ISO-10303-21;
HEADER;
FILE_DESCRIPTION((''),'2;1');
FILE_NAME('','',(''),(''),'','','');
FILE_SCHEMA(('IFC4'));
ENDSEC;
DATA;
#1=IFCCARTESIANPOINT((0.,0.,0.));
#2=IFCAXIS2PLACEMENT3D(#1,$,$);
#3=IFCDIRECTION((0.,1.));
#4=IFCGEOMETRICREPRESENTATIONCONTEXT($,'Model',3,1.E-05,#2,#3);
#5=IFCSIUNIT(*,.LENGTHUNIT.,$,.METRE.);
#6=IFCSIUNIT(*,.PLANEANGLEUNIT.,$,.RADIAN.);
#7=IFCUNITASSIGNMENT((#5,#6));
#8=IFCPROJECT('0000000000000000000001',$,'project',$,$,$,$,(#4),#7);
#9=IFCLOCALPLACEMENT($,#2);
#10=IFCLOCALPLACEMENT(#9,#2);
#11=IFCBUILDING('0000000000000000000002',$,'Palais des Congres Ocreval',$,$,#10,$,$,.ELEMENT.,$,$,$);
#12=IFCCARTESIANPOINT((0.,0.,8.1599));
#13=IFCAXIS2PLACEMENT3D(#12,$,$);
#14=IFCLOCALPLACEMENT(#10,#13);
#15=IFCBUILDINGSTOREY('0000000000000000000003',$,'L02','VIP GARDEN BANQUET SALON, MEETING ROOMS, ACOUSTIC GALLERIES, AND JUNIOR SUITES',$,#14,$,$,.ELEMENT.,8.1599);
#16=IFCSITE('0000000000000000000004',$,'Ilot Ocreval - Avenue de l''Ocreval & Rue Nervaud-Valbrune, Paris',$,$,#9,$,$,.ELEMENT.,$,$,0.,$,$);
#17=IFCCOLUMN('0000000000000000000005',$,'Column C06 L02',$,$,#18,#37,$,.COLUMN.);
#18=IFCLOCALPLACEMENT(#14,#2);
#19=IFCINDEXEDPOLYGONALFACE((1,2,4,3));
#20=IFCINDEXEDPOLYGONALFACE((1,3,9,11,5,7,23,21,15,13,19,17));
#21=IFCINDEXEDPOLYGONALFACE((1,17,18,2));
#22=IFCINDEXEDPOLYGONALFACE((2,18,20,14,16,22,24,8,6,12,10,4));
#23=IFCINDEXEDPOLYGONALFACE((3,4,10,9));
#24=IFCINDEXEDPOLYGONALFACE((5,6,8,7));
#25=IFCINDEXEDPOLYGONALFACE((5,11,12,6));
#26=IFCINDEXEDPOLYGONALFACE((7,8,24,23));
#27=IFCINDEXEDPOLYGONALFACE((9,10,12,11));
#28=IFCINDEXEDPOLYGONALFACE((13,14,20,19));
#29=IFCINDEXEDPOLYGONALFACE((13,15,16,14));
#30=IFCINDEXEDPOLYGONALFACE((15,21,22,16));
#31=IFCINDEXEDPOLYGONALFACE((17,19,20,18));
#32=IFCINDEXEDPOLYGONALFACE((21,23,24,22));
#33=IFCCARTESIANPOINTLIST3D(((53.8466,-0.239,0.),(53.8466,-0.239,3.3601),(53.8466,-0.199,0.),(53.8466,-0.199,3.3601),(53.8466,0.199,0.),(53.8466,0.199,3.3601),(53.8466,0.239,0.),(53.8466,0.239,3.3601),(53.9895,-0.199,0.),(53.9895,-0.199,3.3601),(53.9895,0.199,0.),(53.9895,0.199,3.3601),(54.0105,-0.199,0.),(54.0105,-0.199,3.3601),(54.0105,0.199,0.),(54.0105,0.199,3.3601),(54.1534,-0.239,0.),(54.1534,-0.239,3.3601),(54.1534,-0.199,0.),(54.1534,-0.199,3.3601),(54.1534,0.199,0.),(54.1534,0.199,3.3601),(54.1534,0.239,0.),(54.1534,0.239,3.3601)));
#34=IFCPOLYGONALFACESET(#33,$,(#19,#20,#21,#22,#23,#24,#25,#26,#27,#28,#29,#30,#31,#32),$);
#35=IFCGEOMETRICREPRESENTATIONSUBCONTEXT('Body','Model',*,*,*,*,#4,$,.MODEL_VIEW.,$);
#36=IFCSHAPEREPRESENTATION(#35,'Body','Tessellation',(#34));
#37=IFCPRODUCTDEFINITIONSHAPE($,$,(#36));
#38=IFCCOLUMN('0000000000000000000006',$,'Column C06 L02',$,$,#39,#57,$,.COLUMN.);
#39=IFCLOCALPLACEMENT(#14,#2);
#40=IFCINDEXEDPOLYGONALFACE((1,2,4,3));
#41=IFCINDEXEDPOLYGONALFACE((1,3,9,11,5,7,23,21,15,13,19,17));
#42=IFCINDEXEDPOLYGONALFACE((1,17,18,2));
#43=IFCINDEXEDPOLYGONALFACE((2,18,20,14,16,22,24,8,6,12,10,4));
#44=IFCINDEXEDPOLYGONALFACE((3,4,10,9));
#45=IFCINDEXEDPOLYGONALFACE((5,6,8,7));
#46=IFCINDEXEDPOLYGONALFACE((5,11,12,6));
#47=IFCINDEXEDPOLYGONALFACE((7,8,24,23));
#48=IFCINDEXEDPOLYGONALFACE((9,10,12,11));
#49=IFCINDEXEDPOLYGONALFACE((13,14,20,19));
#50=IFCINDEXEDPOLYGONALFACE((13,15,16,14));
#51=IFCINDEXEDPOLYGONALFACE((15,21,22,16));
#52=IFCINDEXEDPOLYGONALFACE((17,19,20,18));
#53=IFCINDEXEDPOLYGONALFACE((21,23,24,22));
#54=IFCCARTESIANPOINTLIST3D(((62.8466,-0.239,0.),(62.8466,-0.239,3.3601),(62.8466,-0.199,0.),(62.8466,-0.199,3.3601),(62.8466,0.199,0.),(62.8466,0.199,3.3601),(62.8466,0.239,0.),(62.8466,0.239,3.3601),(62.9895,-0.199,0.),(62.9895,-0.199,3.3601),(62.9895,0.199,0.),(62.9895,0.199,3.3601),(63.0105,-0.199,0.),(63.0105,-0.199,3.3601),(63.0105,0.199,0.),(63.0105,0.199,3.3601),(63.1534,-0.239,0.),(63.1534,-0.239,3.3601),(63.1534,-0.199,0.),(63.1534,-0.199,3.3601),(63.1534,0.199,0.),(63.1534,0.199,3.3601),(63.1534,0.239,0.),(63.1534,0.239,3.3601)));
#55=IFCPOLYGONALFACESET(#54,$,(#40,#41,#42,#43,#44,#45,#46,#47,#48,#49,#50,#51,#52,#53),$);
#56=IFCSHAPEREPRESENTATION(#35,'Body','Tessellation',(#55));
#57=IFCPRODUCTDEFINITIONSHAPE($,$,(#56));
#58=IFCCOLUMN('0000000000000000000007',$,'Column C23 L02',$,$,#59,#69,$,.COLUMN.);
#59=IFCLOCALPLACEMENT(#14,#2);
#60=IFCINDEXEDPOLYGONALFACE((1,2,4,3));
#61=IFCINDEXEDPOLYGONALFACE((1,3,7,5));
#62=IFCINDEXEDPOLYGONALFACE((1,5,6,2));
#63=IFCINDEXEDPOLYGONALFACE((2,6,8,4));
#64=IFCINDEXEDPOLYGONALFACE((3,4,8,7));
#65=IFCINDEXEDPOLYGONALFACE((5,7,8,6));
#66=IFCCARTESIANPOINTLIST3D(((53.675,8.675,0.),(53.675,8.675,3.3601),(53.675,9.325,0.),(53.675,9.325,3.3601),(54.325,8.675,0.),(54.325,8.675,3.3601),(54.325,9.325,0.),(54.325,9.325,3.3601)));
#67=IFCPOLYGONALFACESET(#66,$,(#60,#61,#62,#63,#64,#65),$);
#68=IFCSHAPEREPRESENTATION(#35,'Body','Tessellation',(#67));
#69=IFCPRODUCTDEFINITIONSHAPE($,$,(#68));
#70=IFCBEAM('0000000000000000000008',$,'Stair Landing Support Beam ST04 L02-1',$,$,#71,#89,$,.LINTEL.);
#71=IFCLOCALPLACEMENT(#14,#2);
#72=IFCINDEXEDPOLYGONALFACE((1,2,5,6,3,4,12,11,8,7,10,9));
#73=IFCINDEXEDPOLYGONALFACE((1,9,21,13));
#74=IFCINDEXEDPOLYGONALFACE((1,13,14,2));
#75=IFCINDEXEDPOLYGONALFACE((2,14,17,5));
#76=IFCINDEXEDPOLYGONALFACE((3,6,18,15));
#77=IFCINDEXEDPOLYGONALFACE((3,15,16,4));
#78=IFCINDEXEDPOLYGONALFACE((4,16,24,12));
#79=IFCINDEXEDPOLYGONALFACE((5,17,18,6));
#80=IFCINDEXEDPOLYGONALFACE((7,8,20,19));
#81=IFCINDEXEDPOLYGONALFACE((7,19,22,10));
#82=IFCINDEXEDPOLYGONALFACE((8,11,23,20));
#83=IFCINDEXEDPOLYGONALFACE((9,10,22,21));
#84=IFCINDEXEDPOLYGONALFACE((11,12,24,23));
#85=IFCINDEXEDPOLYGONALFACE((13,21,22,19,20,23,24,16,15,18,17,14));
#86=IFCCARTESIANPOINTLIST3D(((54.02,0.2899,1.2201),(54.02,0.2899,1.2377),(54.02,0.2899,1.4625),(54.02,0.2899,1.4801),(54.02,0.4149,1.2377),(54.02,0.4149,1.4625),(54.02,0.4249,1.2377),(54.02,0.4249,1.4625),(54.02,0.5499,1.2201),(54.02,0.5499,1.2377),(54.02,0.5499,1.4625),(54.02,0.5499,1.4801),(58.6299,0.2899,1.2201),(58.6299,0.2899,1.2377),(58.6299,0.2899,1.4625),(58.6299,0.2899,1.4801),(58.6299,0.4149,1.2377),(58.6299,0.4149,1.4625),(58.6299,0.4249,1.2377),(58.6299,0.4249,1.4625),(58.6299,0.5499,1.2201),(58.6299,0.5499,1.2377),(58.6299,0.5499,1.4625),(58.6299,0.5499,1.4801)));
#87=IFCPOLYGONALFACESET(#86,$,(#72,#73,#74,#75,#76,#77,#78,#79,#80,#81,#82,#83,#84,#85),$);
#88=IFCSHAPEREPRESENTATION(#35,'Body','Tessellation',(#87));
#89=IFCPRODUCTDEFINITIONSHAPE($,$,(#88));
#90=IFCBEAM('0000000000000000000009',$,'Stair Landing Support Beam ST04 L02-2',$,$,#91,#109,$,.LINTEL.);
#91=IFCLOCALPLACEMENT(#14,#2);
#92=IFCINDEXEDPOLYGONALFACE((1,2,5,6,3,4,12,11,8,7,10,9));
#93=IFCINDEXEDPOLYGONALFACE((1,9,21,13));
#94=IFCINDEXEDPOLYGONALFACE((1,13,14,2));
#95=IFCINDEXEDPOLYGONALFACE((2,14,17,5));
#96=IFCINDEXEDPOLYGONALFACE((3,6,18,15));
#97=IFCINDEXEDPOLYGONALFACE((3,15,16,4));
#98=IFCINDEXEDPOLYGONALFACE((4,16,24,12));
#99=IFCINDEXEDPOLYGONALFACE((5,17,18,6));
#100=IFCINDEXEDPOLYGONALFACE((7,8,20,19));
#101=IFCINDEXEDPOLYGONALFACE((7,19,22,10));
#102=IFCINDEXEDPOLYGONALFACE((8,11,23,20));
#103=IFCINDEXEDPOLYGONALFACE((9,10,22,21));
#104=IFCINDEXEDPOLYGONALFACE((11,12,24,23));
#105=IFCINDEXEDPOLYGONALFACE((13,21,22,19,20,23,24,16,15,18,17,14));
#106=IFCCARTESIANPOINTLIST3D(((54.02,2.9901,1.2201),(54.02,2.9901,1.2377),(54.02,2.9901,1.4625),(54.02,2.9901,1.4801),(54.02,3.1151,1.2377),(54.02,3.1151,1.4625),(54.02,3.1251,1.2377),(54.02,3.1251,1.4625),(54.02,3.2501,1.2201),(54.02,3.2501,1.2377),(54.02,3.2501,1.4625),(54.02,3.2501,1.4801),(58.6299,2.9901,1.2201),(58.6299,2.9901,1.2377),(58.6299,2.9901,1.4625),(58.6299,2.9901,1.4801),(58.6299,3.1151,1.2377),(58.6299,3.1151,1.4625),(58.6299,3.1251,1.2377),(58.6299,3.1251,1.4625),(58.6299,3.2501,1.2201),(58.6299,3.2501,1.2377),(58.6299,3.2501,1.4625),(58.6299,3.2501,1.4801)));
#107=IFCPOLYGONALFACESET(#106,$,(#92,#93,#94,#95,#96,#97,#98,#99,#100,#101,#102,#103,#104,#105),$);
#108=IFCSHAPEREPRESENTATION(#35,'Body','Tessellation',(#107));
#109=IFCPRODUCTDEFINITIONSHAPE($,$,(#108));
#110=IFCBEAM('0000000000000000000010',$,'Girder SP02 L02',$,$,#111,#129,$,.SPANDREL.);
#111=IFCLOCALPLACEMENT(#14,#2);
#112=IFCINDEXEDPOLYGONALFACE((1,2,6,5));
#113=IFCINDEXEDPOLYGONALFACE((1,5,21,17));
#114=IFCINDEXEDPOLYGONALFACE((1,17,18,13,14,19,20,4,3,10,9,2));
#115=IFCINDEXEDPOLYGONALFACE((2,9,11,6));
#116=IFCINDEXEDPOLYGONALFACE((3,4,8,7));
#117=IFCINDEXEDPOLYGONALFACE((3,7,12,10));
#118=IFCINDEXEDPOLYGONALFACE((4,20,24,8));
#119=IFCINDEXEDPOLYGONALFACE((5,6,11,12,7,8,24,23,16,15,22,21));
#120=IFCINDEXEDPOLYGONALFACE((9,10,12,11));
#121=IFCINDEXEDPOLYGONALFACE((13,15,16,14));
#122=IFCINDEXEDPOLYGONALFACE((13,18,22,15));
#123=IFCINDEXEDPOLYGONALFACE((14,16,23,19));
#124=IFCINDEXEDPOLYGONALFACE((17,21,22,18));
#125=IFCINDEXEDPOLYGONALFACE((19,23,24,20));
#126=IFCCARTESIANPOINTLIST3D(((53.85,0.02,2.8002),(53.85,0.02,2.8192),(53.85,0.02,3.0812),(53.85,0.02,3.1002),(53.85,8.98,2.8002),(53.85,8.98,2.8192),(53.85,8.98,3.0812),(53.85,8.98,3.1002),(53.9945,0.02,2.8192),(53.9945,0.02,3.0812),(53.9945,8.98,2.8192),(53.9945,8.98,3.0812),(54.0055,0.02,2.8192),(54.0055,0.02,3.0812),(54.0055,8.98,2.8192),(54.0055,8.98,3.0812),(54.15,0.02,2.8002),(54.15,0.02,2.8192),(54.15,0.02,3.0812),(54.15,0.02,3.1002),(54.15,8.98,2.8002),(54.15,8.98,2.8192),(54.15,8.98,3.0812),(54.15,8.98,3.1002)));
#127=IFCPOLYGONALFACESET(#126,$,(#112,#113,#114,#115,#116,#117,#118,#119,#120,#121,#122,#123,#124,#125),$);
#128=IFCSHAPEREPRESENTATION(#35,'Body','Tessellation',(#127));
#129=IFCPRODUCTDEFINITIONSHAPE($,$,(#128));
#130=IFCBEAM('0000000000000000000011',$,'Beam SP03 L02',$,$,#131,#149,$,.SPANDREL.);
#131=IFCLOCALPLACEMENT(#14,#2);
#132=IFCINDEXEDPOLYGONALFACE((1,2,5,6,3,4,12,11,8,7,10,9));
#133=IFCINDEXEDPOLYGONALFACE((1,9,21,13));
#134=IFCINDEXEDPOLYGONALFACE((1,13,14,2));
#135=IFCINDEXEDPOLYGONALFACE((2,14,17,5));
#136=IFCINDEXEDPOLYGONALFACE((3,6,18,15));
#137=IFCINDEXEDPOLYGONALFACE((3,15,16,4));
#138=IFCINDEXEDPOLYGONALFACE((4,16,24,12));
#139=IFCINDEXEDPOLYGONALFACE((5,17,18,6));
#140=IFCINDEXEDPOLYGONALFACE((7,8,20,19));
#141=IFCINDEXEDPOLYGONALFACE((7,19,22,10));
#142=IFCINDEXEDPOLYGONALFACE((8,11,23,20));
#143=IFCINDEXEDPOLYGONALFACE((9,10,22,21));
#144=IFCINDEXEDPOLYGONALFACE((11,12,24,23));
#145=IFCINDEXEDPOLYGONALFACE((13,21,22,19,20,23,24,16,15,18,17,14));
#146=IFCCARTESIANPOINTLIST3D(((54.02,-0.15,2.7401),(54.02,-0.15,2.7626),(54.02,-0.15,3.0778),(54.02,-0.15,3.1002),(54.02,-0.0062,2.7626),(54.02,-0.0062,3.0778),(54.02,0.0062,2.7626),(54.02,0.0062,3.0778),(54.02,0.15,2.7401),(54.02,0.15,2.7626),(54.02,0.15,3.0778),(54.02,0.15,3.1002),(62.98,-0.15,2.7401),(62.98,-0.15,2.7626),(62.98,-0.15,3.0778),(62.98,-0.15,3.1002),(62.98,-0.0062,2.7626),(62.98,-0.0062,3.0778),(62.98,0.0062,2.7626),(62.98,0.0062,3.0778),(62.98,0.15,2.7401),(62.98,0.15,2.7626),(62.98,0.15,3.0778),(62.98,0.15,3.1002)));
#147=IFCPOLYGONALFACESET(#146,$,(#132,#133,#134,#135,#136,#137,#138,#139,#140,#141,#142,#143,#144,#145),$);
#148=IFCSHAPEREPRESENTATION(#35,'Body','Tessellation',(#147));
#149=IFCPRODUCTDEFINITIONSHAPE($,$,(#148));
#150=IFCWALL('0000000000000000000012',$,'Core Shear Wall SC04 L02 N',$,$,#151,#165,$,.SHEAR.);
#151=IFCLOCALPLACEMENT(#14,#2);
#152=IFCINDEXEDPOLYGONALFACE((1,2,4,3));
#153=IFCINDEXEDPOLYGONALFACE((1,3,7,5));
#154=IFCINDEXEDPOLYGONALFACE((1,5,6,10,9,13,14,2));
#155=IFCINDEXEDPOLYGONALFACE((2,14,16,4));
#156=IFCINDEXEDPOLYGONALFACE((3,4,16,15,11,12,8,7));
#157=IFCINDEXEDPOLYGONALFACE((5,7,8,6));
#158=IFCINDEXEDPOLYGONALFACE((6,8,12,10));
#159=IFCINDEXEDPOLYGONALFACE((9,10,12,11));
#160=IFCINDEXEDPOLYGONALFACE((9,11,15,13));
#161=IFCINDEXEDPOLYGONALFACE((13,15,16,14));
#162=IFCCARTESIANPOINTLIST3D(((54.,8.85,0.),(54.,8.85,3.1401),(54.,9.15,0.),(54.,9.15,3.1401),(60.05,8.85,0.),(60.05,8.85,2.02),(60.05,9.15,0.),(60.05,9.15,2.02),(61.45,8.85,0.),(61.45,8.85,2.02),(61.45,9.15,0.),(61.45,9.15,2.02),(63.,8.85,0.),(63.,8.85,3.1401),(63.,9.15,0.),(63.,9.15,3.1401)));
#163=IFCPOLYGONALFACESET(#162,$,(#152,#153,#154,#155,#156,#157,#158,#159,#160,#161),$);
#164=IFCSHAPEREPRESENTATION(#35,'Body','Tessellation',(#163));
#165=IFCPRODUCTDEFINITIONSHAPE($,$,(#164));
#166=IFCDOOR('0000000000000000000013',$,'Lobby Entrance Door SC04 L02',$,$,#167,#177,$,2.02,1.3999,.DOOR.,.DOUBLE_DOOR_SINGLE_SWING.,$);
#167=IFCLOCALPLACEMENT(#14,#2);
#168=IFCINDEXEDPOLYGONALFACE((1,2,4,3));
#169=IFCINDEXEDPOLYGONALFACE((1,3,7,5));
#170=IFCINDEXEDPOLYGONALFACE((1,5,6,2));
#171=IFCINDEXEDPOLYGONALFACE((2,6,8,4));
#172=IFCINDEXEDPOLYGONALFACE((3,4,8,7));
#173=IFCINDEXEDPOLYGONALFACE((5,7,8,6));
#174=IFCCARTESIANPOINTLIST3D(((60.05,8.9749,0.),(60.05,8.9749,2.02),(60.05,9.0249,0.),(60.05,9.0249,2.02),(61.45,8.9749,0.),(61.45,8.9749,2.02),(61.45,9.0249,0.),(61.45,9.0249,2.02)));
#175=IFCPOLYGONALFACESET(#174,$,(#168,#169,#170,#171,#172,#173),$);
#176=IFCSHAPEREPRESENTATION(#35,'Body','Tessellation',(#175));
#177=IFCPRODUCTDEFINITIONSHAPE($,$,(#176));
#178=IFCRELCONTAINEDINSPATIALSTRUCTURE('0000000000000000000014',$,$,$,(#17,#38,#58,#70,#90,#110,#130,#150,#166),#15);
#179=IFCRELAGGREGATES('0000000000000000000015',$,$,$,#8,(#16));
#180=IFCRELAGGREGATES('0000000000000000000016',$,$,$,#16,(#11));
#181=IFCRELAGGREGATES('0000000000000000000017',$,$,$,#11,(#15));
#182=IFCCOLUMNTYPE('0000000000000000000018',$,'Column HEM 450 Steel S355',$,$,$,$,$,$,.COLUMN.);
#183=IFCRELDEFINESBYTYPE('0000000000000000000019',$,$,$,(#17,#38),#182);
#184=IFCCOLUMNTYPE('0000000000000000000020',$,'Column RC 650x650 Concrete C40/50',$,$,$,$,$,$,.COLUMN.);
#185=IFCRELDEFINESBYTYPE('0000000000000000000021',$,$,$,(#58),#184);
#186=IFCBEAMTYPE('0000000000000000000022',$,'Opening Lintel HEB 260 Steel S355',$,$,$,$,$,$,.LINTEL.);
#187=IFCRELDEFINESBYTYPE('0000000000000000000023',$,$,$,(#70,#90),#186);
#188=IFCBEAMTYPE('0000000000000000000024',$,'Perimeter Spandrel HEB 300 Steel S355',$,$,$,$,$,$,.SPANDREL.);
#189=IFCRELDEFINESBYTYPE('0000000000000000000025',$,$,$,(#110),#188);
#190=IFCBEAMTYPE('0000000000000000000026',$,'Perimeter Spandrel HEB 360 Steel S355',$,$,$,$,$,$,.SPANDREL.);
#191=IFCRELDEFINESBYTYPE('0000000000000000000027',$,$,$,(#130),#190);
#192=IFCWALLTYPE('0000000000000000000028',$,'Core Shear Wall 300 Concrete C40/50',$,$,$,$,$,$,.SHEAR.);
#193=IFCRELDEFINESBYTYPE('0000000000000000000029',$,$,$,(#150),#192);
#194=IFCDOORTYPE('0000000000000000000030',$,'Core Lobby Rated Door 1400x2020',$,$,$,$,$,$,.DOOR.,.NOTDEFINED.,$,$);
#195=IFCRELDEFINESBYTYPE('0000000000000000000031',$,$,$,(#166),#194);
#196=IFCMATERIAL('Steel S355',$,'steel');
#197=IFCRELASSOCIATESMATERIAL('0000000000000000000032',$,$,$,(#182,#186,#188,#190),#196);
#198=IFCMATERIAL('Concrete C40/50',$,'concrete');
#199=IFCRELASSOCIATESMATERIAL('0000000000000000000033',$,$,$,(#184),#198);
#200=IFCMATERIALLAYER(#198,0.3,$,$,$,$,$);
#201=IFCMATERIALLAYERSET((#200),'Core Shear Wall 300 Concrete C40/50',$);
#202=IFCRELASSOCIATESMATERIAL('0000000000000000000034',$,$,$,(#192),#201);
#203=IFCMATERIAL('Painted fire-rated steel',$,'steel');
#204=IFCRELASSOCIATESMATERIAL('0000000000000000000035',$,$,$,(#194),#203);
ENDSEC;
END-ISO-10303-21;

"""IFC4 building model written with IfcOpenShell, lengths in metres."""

from ifc_helpers import new_model, si_unit, direction, frame, frame_2d, origin, origin_2d, place, context, subcontext, project, spatial, rectangle, i_section, extrude, material, layer, layer_set, material_profile, profile_set, type_object, element, fill, save


model = new_model("IFC4")

# Units and contexts
model_context = context("Model", 3, precision=1e-05, world=origin(), true_north=direction((0.0, 1.0)))
body_context = subcontext(model_context, "Body", "Model", "MODEL_VIEW")
ifc_project = project(units=[si_unit("LENGTHUNIT", "METRE"), si_unit("PLANEANGLEUNIT", "RADIAN")], contexts=[model_context])

# Site, building, storey
site_placement = place(None, origin())
site = spatial("IfcSite", under=ifc_project, at=site_placement, Name="Ilot Ocreval - Avenue de l'Ocreval & Rue Nervaud-Valbrune, Paris", CompositionType="ELEMENT", RefElevation=0.0)
building_placement = place(site_placement, origin())
building = spatial("IfcBuilding", under=site, at=building_placement, Name="Palais des Congres Ocreval", CompositionType="ELEMENT")
storey_placement = place(building_placement, frame((0.0, 0.0, 8.1599)))
storey = spatial("IfcBuildingStorey", under=building, at=storey_placement, Name="L02", Description="VIP GARDEN BANQUET SALON, MEETING ROOMS, ACOUSTIC GALLERIES, AND JUNIOR SUITES", CompositionType="ELEMENT", Elevation=8.1599)

# Columns
ifc_material_1 = material(Name="Steel S355", Category="steel")
ifc_material_profile_1 = material_profile(ifc_material_1, i_section(OverallWidth=0.3069, OverallDepth=0.478, WebThickness=0.021, FlangeThickness=0.04, at=origin_2d()), Name="HEM 450")
ifc_profile_set_1 = profile_set([ifc_material_profile_1], Name="Steel S355")
column_type_1 = type_object("IfcColumnType", Name="Column HEM 450 Steel S355", PredefinedType="COLUMN", material=ifc_profile_set_1)
for number, where, z_axis, x_axis, name in (
    (1, (54.0, 0.0, 0.0), (0.0, 0.0, 1.0), (1.0, 0.0, 0.0), "Column C06 L02"),
    (2, (63.0, 0.0, 0.0), (0.0, 0.0, 1.0), (1.0, 0.0, 0.0), "Column C06 L02"),
):
    element("IfcColumn", number, at=place(storey_placement, frame(where, z_axis=z_axis, x_axis=x_axis)), inside=storey, type_object=column_type_1, Name=name, PredefinedType="COLUMN", context=body_context, shape_type="SweptSolid", body=[
        extrude(i_section(OverallWidth=0.3069, OverallDepth=0.478, WebThickness=0.021, FlangeThickness=0.04, at=origin_2d()), origin(), (0.0, 0.0, 1.0), 3.3601),
    ])
ifc_material_2 = material(Name="Concrete C40/50", Category="concrete")
ifc_material_profile_2 = material_profile(ifc_material_2, rectangle(XDim=0.6499, YDim=0.6499, at=origin_2d()), Name="RC 650x650")
ifc_profile_set_2 = profile_set([ifc_material_profile_2], Name="Concrete C40/50")
column_type_2 = type_object("IfcColumnType", Name="Column RC 650x650 Concrete C40/50", PredefinedType="COLUMN", material=ifc_profile_set_2)
column_placement = place(storey_placement, frame((54.0, 9.0, 0.0), z_axis=(0.0, 0.0, 1.0), x_axis=(1.0, 0.0, 0.0)))
element("IfcColumn", 3, at=column_placement, inside=storey, type_object=column_type_2, Name="Column C23 L02", PredefinedType="COLUMN", context=body_context, shape_type="SweptSolid", body=[
    extrude(rectangle(XDim=0.6499, YDim=0.6499, at=origin_2d()), origin(), (0.0, 0.0, 1.0), 3.3601),
])

# Beams
ifc_material_profile_3 = material_profile(ifc_material_1, i_section(OverallWidth=0.26, OverallDepth=0.26, WebThickness=0.01, FlangeThickness=0.0176, at=origin_2d()), Name="HEB 260")
ifc_profile_set_3 = profile_set([ifc_material_profile_3], Name="Steel S355")
beam_type_1 = type_object("IfcBeamType", Name="Opening Lintel HEB 260 Steel S355", PredefinedType="LINTEL", material=ifc_profile_set_3)
for number, where, z_axis, x_axis, name in (
    (4, (54.02, 0.4199, 1.3501), (1.0, 0.0, 0.0), (0.0, 1.0, 0.0), "Stair Landing Support Beam ST04 L02-1"),
    (5, (54.02, 3.1201, 1.3501), (1.0, 0.0, 0.0), (0.0, 1.0, 0.0), "Stair Landing Support Beam ST04 L02-2"),
):
    element("IfcBeam", number, at=place(storey_placement, frame(where, z_axis=z_axis, x_axis=x_axis)), inside=storey, type_object=beam_type_1, Name=name, PredefinedType="LINTEL", context=body_context, shape_type="SweptSolid", body=[
        extrude(i_section(OverallWidth=0.26, OverallDepth=0.26, WebThickness=0.01, FlangeThickness=0.0176, at=origin_2d()), origin(), (0.0, 0.0, 1.0), 4.6099),
    ])
ifc_material_profile_4 = material_profile(ifc_material_1, i_section(OverallWidth=0.3, OverallDepth=0.3, WebThickness=0.011, FlangeThickness=0.019, at=origin_2d()), Name="HEB 300")
ifc_profile_set_4 = profile_set([ifc_material_profile_4], Name="Steel S355")
beam_type_2 = type_object("IfcBeamType", Name="Perimeter Spandrel HEB 300 Steel S355", PredefinedType="SPANDREL", material=ifc_profile_set_4)
beam_1_placement = place(storey_placement, frame((54.0, 0.02, 2.9502), z_axis=(0.0, 1.0, 0.0), x_axis=(-1.0, 0.0, 0.0)))
element("IfcBeam", 6, at=beam_1_placement, inside=storey, type_object=beam_type_2, Name="Girder SP02 L02", PredefinedType="SPANDREL", context=body_context, shape_type="SweptSolid", body=[
    extrude(i_section(OverallWidth=0.3, OverallDepth=0.3, WebThickness=0.011, FlangeThickness=0.019, at=origin_2d()), origin(), (0.0, 0.0, 1.0), 8.96),
])
ifc_material_profile_5 = material_profile(ifc_material_1, i_section(OverallWidth=0.3, OverallDepth=0.3601, WebThickness=0.0125, FlangeThickness=0.0225, at=origin_2d()), Name="HEB 360")
ifc_profile_set_5 = profile_set([ifc_material_profile_5], Name="Steel S355")
beam_type_3 = type_object("IfcBeamType", Name="Perimeter Spandrel HEB 360 Steel S355", PredefinedType="SPANDREL", material=ifc_profile_set_5)
beam_2_placement = place(storey_placement, frame((54.02, 0.0, 2.9202), z_axis=(1.0, 0.0, 0.0), x_axis=(0.0, 1.0, 0.0)))
element("IfcBeam", 7, at=beam_2_placement, inside=storey, type_object=beam_type_3, Name="Beam SP03 L02", PredefinedType="SPANDREL", context=body_context, shape_type="SweptSolid", body=[
    extrude(i_section(OverallWidth=0.3, OverallDepth=0.3601, WebThickness=0.0125, FlangeThickness=0.0225, at=origin_2d()), origin(), (0.0, 0.0, 1.0), 8.96),
])

# Wall, opening, door
ifc_layer_1 = layer(ifc_material_2, 0.3)
ifc_layer_set_1 = layer_set([ifc_layer_1], Name="Core Shear Wall 300 Concrete C40/50")
wall_type_1 = type_object("IfcWallType", Name="Core Shear Wall 300 Concrete C40/50", PredefinedType="SHEAR", material=ifc_layer_set_1)
wall_1_placement = place(storey_placement, frame((54.0, 9.0, 0.0), z_axis=(0.0, 0.0, 1.0), x_axis=(1.0, 0.0, 0.0)))
wall_1 = element("IfcWall", 8, at=wall_1_placement, inside=storey, type_object=wall_type_1, Name="Core Shear Wall SC04 L02 N", PredefinedType="SHEAR", context=body_context, shape_type="SweptSolid", body=[
    extrude(rectangle(XDim=9.0, YDim=0.3, at=frame_2d((4.5, 0.0))), origin(), (0.0, 0.0, 1.0), 3.1401),
])
opening_1_placement = place(wall_1_placement, frame((6.05, 0.0, 0.0)))
opening_1 = element("IfcOpeningElement", 9, at=opening_1_placement, cuts=wall_1, PredefinedType="OPENING", context=body_context, shape_type="SweptSolid", body=[
    extrude(rectangle(XDim=1.3999, YDim=2.02, at=frame_2d((0.7, 1.01))), frame((0.0, 0.1599, 0.0), z_axis=(0.0, -1.0, 0.0), x_axis=(1.0, 0.0, 0.0)), (0.0, 0.0, 1.0), 0.3201),
])
ifc_material_3 = material(Name="Painted fire-rated steel", Category="steel")
door_type_1 = type_object("IfcDoorType", Name="Core Lobby Rated Door 1400x2020", OperationType="NOTDEFINED", PredefinedType="DOOR", material=ifc_material_3)
door_1_placement = place(opening_1_placement, origin())
door_1 = element("IfcDoor", 10, at=door_1_placement, inside=storey, type_object=door_type_1, Name="Lobby Entrance Door SC04 L02", OperationType="DOUBLE_DOOR_SINGLE_SWING", OverallHeight=2.02, OverallWidth=1.3999, PredefinedType="DOOR", context=body_context, shape_type="SweptSolid", body=[
    extrude(rectangle(XDim=1.3999, YDim=2.02, at=frame_2d((0.7, 1.01))), frame((0.0, 0.0249, 0.0), z_axis=(0.0, -1.0, 0.0), x_axis=(1.0, 0.0, 0.0)), (0.0, 0.0, 1.0), 0.05),
])
fill(opening_1, door_1)

save(model, "model.ifc")
